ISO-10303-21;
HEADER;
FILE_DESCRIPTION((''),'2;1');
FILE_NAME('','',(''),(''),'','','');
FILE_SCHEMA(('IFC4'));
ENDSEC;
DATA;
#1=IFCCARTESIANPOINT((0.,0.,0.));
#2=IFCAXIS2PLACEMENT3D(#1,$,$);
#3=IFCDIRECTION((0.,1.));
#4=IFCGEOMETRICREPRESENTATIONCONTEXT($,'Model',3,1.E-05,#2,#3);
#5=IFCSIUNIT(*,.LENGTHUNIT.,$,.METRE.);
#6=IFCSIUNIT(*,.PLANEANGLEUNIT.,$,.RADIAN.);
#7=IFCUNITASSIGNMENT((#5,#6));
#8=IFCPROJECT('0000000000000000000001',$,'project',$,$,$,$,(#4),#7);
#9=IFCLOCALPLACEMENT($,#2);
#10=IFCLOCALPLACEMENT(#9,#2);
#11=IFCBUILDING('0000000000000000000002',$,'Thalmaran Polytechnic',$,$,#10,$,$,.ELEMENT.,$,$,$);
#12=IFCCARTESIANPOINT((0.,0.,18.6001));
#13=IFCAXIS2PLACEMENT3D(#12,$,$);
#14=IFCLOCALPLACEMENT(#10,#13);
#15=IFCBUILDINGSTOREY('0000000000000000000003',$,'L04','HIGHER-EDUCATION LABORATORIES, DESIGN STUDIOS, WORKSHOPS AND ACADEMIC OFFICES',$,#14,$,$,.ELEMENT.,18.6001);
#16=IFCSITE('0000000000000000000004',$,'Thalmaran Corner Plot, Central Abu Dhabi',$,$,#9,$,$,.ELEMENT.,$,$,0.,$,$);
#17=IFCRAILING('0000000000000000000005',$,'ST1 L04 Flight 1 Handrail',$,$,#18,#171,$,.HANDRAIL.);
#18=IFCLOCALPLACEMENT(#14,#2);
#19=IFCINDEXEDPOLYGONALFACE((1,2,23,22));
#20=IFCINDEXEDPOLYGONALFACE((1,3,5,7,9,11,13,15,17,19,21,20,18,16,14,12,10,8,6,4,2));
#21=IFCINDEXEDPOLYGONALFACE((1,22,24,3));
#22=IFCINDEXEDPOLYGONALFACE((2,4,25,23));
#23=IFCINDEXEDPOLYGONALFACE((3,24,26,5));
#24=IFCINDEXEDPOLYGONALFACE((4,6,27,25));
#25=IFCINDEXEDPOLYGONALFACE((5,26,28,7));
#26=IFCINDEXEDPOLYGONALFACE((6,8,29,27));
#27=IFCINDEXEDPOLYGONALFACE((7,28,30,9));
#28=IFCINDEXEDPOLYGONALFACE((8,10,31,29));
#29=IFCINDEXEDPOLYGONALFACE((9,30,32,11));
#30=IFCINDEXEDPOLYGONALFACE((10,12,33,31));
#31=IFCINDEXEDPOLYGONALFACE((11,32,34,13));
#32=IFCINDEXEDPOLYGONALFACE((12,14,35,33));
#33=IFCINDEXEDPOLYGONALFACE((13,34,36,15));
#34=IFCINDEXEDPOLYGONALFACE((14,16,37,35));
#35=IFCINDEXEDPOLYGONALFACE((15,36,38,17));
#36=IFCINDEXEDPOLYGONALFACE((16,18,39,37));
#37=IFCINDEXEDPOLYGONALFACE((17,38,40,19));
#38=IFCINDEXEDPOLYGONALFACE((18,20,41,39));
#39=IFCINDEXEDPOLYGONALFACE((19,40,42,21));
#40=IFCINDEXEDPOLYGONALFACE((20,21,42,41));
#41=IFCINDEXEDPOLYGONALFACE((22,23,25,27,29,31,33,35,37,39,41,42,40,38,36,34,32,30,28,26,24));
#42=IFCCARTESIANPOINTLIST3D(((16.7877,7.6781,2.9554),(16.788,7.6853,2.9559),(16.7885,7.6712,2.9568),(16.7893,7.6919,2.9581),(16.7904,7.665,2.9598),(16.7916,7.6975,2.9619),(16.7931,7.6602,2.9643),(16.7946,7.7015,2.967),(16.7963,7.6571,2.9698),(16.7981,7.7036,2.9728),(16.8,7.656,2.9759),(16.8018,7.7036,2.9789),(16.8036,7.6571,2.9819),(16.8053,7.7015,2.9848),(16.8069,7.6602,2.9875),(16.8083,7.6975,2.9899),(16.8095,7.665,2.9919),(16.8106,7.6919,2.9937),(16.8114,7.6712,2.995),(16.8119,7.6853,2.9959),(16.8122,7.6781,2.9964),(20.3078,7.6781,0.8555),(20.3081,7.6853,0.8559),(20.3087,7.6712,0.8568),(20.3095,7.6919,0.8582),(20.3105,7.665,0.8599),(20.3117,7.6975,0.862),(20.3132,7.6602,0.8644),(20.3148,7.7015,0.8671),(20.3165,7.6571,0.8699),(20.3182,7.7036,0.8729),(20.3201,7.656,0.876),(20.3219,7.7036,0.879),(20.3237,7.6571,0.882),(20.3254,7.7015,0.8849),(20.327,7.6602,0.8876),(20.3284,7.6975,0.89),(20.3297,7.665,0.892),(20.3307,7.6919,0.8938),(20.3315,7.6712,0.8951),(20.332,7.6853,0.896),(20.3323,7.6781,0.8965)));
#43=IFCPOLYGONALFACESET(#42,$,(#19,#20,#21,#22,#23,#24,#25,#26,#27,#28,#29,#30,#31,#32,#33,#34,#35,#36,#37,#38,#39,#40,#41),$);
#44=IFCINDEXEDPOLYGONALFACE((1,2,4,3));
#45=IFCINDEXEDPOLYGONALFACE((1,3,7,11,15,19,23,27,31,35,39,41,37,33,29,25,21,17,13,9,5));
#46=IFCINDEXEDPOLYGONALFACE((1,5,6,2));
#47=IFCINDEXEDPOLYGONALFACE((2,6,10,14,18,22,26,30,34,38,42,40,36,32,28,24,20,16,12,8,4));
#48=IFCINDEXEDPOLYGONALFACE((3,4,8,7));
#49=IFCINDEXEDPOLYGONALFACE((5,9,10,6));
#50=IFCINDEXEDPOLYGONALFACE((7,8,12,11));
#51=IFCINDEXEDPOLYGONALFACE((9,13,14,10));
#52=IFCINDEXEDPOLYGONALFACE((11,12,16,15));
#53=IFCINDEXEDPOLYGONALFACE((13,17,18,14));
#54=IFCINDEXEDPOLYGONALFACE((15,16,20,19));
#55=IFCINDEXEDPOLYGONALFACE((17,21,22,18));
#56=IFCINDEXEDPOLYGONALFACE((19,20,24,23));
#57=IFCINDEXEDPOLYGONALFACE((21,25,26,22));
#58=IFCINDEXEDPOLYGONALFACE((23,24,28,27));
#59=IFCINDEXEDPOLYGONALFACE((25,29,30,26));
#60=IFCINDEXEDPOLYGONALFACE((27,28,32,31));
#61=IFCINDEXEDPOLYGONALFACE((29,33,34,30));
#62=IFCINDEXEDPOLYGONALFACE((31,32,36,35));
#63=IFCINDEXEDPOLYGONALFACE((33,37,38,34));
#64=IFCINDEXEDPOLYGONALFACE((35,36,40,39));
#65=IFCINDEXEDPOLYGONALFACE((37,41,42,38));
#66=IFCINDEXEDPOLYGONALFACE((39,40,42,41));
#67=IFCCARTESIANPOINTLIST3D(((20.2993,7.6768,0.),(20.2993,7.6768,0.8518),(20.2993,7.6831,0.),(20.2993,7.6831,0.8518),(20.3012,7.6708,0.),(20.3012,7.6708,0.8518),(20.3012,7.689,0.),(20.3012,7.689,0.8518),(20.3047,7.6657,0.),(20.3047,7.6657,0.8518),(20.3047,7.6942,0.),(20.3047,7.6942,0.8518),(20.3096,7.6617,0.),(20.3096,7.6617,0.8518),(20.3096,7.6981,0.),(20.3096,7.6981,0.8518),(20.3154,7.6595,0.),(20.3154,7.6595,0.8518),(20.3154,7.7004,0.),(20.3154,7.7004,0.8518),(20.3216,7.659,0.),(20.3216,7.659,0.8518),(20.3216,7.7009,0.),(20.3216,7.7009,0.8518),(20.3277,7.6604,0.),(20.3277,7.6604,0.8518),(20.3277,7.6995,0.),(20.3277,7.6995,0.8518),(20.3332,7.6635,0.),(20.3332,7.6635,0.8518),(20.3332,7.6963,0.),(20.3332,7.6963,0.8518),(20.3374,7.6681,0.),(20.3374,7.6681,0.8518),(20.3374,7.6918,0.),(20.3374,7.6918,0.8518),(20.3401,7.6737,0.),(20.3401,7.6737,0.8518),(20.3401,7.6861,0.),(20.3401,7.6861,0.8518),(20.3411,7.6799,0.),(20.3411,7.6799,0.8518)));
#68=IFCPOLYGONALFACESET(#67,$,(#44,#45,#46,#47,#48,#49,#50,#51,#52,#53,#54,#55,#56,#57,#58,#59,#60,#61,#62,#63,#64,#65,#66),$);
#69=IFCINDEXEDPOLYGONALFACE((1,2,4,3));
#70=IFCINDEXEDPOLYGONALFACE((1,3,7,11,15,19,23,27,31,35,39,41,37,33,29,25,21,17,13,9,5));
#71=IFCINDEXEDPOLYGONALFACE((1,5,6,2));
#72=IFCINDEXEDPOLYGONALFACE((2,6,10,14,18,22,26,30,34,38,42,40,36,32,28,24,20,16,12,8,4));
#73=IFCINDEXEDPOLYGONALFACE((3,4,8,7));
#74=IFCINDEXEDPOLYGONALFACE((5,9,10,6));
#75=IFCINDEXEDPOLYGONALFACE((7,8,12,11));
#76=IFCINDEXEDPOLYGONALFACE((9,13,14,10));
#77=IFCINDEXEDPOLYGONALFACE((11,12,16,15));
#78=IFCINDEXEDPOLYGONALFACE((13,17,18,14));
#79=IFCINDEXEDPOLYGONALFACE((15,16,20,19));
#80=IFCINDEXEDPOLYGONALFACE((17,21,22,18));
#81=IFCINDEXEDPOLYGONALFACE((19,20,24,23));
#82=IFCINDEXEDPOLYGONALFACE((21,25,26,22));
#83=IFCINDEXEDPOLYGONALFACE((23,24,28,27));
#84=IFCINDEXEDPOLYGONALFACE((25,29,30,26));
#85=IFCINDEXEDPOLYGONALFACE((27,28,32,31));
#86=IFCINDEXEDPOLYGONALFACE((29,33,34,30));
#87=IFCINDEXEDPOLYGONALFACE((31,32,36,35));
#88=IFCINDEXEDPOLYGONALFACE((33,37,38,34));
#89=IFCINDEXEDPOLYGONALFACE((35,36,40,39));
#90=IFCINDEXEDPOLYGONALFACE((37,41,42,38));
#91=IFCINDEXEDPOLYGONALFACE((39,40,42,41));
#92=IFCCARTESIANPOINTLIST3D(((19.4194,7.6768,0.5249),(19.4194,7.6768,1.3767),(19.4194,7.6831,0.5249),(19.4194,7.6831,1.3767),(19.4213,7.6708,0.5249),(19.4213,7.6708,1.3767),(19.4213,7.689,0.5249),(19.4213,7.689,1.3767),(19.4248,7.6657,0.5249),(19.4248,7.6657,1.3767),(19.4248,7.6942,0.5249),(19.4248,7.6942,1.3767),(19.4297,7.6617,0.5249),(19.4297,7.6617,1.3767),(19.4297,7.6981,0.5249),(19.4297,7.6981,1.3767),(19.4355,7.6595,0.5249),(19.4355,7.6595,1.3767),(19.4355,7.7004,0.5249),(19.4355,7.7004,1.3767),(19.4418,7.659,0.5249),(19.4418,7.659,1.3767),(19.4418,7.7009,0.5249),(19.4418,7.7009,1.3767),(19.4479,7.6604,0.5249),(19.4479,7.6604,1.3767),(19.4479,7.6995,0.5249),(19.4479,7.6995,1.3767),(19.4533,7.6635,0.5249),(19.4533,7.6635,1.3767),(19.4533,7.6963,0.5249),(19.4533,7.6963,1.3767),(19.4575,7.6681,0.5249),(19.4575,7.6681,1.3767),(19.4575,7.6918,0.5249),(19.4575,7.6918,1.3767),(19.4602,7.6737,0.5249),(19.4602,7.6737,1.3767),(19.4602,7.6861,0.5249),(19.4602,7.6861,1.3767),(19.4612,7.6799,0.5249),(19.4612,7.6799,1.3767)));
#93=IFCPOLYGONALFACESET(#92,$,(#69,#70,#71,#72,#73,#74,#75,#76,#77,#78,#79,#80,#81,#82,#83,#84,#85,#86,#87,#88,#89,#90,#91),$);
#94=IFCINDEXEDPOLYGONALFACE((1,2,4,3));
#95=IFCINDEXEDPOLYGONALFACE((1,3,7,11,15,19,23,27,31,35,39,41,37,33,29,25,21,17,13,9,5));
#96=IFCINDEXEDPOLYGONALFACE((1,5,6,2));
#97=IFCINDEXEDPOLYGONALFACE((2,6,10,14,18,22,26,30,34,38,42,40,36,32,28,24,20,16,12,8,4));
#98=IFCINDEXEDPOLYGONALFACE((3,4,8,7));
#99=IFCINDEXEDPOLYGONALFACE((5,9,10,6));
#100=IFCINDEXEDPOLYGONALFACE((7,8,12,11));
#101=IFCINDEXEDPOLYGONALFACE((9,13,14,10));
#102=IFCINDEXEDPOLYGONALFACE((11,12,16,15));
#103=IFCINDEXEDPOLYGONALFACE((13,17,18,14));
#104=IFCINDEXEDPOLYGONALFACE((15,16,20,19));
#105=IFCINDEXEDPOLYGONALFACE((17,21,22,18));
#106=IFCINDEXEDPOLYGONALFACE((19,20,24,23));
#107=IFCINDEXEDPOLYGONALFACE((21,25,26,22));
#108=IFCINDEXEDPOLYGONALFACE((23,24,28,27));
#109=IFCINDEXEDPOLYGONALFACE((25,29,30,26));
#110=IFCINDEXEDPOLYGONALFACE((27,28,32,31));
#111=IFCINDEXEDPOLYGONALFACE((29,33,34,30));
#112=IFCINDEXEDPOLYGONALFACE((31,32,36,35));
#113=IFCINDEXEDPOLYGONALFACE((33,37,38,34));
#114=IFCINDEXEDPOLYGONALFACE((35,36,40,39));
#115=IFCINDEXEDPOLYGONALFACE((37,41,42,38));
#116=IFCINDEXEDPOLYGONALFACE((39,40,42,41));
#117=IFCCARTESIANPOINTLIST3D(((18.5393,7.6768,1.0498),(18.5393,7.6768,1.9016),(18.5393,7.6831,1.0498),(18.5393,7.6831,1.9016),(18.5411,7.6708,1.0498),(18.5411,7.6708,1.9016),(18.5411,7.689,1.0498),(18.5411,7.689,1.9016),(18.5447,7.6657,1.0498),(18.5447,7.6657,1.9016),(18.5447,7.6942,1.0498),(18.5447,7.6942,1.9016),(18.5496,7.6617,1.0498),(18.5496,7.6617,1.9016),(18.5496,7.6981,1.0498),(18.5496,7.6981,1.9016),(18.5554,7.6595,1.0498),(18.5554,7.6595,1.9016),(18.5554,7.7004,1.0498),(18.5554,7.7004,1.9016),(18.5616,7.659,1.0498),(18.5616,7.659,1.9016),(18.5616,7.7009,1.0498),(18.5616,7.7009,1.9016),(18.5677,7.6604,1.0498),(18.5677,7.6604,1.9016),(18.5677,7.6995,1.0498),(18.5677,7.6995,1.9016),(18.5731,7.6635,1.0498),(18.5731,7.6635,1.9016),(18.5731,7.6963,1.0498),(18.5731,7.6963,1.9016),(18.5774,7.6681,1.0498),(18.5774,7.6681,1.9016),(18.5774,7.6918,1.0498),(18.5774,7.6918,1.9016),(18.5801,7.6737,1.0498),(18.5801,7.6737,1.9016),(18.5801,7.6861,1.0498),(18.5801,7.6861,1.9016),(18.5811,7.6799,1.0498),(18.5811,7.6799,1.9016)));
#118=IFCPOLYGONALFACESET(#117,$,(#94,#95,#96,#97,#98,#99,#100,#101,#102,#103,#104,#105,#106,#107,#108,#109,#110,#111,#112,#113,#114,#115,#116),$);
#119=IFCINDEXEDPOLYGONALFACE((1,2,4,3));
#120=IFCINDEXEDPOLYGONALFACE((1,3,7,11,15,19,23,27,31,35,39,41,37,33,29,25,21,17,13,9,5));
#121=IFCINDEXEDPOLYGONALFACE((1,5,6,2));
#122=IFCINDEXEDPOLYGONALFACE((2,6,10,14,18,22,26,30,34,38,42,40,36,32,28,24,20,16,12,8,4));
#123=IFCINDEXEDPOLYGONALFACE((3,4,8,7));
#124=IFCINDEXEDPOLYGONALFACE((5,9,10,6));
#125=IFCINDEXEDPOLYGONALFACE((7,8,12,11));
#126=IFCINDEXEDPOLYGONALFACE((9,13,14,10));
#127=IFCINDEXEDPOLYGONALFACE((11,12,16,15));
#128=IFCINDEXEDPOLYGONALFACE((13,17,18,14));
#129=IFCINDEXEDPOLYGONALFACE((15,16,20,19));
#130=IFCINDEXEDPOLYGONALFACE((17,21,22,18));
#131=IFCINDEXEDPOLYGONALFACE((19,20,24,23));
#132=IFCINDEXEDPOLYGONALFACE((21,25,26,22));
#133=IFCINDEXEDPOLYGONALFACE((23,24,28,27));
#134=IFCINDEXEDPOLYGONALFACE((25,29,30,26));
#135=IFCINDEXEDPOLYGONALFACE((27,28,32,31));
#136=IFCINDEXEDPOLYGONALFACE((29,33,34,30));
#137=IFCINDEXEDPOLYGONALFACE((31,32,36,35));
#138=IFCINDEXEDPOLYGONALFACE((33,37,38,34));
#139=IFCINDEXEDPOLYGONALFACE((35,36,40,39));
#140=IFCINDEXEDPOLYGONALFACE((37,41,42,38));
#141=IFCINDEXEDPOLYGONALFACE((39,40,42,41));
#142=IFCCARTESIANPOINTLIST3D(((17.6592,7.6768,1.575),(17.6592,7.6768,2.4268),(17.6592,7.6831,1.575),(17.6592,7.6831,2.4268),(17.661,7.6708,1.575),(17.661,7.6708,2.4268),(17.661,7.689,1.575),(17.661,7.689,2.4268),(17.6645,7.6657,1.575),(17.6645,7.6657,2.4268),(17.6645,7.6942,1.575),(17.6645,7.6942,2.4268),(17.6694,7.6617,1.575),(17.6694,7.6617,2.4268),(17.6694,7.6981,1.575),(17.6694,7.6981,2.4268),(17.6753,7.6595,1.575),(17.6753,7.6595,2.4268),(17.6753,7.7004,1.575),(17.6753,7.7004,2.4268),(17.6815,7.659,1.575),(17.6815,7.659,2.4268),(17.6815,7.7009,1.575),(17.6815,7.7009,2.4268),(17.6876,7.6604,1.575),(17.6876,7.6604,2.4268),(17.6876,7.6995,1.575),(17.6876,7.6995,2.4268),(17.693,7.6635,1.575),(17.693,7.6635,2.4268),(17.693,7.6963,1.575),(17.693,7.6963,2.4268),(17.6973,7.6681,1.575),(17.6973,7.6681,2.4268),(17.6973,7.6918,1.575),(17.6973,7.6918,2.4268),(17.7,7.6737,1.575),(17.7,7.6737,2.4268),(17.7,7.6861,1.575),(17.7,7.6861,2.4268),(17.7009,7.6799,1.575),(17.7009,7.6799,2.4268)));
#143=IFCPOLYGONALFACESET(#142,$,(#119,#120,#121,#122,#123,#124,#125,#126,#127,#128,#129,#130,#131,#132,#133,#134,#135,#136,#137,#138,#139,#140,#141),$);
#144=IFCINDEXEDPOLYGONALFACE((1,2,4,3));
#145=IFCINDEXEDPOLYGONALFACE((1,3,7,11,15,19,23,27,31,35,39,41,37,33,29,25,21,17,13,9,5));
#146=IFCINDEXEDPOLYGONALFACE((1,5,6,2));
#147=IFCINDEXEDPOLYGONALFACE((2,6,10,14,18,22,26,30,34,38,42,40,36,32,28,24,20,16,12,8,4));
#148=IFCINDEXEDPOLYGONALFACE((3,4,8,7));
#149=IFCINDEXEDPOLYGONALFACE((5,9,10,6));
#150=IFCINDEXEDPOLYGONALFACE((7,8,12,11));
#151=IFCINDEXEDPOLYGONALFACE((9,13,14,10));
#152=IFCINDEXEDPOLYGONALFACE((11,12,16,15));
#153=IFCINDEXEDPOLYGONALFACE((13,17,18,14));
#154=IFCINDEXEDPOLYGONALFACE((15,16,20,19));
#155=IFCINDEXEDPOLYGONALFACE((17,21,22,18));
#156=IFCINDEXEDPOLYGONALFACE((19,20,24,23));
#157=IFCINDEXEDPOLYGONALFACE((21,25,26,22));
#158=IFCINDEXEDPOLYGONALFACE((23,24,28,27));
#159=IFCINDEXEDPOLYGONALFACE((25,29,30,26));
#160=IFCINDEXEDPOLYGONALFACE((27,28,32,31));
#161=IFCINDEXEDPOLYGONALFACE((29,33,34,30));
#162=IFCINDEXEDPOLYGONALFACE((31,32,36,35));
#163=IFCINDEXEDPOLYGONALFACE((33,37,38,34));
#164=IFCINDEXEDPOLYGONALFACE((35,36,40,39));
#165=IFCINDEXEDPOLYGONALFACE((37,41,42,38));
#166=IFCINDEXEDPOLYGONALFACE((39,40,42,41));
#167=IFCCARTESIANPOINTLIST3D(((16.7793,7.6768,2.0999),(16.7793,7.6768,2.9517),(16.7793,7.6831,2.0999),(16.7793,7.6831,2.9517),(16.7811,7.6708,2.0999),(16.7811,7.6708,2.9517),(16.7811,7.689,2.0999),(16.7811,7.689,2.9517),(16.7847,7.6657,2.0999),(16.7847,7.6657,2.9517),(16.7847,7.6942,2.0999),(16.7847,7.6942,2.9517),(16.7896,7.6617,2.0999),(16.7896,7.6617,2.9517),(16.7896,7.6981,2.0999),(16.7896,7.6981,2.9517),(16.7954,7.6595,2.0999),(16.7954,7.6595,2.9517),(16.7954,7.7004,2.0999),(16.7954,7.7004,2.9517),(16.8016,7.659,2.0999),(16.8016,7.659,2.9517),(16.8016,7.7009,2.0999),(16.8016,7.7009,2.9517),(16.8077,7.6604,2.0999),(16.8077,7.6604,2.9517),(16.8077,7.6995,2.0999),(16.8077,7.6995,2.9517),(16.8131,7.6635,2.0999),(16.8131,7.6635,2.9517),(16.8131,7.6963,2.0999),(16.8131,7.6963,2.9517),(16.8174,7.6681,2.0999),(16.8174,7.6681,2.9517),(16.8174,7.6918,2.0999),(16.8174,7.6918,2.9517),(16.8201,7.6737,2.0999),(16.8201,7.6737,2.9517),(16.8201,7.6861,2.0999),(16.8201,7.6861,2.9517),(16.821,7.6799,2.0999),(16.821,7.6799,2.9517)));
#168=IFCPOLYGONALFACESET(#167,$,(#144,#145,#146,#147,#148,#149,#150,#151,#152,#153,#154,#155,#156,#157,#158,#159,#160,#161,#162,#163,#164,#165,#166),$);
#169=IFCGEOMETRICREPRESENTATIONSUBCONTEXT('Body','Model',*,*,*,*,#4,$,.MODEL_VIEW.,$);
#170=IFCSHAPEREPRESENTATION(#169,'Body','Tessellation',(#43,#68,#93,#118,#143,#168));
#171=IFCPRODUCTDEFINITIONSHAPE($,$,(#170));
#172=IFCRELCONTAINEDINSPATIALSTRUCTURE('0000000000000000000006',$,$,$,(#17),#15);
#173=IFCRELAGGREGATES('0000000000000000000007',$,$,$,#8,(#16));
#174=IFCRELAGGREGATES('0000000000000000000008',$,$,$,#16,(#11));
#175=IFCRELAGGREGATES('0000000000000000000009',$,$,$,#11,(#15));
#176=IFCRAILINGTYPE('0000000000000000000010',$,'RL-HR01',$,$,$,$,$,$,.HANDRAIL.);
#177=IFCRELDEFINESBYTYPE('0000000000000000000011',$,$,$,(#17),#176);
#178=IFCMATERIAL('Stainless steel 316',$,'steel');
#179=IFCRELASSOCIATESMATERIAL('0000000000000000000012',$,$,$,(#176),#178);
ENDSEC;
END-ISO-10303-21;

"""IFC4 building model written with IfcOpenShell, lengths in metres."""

from ifc_helpers import new_model, si_unit, direction, frame, origin, origin_2d, place, context, subcontext, project, spatial, circle, extrude, material, type_object, element, save


model = new_model("IFC4")

# Units and contexts
model_context = context("Model", 3, precision=1e-05, world=origin(), true_north=direction((0.0, 1.0)))
body_context = subcontext(model_context, "Body", "Model", "MODEL_VIEW")
ifc_project = project(units=[si_unit("LENGTHUNIT", "METRE"), si_unit("PLANEANGLEUNIT", "RADIAN")], contexts=[model_context])

# Site, building, storey
site_placement = place(None, origin())
site = spatial("IfcSite", under=ifc_project, at=site_placement, Name="Thalmaran Corner Plot, Central Abu Dhabi", CompositionType="ELEMENT", RefElevation=0.0)
building_placement = place(site_placement, origin())
building = spatial("IfcBuilding", under=site, at=building_placement, Name="Thalmaran Polytechnic", CompositionType="ELEMENT")
storey_placement = place(building_placement, frame((0.0, 0.0, 18.6001)))
storey = spatial("IfcBuildingStorey", under=building, at=storey_placement, Name="L04", Description="HIGHER-EDUCATION LABORATORIES, DESIGN STUDIOS, WORKSHOPS AND ACADEMIC OFFICES", CompositionType="ELEMENT", Elevation=18.6001)

# Railing
ifc_material_1 = material(Name="Stainless steel 316", Category="steel")
railing_type_1 = type_object("IfcRailingType", Name="RL-HR01", PredefinedType="HANDRAIL", material=ifc_material_1)
railing_1_placement = place(storey_placement, frame((20.3201, 7.6799, 0.0)))
element("IfcRailing", 1, at=railing_1_placement, inside=storey, type_object=railing_type_1, Name="ST1 L04 Flight 1 Handrail", PredefinedType="HANDRAIL", context=body_context, shape_type="SweptSolid", body=[
    extrude(circle(Radius=0.0239, at=origin_2d()), frame((0.0, 0.0, 0.876), z_axis=(-0.858799, 0.0, 0.512313), x_axis=(0.0, -1.0, 0.0)), (0.0, 0.0, 1.0), 4.0989),
    extrude(circle(Radius=0.021, at=origin_2d()), origin(), (0.0, 0.0, 1.0), 0.8518),
    extrude(circle(Radius=0.021, at=origin_2d()), frame((-0.8799, 0.0, 0.5249)), (0.0, 0.0, 1.0), 0.8518),
    extrude(circle(Radius=0.021, at=origin_2d()), frame((-1.76, 0.0, 1.0498)), (0.0, 0.0, 1.0), 0.8518),
    extrude(circle(Radius=0.021, at=origin_2d()), frame((-2.6401, 0.0, 1.575)), (0.0, 0.0, 1.0), 0.8518),
    extrude(circle(Radius=0.021, at=origin_2d()), frame((-3.52, 0.0, 2.0999)), (0.0, 0.0, 1.0), 0.8518),
])

save(model, "model.ifc")
